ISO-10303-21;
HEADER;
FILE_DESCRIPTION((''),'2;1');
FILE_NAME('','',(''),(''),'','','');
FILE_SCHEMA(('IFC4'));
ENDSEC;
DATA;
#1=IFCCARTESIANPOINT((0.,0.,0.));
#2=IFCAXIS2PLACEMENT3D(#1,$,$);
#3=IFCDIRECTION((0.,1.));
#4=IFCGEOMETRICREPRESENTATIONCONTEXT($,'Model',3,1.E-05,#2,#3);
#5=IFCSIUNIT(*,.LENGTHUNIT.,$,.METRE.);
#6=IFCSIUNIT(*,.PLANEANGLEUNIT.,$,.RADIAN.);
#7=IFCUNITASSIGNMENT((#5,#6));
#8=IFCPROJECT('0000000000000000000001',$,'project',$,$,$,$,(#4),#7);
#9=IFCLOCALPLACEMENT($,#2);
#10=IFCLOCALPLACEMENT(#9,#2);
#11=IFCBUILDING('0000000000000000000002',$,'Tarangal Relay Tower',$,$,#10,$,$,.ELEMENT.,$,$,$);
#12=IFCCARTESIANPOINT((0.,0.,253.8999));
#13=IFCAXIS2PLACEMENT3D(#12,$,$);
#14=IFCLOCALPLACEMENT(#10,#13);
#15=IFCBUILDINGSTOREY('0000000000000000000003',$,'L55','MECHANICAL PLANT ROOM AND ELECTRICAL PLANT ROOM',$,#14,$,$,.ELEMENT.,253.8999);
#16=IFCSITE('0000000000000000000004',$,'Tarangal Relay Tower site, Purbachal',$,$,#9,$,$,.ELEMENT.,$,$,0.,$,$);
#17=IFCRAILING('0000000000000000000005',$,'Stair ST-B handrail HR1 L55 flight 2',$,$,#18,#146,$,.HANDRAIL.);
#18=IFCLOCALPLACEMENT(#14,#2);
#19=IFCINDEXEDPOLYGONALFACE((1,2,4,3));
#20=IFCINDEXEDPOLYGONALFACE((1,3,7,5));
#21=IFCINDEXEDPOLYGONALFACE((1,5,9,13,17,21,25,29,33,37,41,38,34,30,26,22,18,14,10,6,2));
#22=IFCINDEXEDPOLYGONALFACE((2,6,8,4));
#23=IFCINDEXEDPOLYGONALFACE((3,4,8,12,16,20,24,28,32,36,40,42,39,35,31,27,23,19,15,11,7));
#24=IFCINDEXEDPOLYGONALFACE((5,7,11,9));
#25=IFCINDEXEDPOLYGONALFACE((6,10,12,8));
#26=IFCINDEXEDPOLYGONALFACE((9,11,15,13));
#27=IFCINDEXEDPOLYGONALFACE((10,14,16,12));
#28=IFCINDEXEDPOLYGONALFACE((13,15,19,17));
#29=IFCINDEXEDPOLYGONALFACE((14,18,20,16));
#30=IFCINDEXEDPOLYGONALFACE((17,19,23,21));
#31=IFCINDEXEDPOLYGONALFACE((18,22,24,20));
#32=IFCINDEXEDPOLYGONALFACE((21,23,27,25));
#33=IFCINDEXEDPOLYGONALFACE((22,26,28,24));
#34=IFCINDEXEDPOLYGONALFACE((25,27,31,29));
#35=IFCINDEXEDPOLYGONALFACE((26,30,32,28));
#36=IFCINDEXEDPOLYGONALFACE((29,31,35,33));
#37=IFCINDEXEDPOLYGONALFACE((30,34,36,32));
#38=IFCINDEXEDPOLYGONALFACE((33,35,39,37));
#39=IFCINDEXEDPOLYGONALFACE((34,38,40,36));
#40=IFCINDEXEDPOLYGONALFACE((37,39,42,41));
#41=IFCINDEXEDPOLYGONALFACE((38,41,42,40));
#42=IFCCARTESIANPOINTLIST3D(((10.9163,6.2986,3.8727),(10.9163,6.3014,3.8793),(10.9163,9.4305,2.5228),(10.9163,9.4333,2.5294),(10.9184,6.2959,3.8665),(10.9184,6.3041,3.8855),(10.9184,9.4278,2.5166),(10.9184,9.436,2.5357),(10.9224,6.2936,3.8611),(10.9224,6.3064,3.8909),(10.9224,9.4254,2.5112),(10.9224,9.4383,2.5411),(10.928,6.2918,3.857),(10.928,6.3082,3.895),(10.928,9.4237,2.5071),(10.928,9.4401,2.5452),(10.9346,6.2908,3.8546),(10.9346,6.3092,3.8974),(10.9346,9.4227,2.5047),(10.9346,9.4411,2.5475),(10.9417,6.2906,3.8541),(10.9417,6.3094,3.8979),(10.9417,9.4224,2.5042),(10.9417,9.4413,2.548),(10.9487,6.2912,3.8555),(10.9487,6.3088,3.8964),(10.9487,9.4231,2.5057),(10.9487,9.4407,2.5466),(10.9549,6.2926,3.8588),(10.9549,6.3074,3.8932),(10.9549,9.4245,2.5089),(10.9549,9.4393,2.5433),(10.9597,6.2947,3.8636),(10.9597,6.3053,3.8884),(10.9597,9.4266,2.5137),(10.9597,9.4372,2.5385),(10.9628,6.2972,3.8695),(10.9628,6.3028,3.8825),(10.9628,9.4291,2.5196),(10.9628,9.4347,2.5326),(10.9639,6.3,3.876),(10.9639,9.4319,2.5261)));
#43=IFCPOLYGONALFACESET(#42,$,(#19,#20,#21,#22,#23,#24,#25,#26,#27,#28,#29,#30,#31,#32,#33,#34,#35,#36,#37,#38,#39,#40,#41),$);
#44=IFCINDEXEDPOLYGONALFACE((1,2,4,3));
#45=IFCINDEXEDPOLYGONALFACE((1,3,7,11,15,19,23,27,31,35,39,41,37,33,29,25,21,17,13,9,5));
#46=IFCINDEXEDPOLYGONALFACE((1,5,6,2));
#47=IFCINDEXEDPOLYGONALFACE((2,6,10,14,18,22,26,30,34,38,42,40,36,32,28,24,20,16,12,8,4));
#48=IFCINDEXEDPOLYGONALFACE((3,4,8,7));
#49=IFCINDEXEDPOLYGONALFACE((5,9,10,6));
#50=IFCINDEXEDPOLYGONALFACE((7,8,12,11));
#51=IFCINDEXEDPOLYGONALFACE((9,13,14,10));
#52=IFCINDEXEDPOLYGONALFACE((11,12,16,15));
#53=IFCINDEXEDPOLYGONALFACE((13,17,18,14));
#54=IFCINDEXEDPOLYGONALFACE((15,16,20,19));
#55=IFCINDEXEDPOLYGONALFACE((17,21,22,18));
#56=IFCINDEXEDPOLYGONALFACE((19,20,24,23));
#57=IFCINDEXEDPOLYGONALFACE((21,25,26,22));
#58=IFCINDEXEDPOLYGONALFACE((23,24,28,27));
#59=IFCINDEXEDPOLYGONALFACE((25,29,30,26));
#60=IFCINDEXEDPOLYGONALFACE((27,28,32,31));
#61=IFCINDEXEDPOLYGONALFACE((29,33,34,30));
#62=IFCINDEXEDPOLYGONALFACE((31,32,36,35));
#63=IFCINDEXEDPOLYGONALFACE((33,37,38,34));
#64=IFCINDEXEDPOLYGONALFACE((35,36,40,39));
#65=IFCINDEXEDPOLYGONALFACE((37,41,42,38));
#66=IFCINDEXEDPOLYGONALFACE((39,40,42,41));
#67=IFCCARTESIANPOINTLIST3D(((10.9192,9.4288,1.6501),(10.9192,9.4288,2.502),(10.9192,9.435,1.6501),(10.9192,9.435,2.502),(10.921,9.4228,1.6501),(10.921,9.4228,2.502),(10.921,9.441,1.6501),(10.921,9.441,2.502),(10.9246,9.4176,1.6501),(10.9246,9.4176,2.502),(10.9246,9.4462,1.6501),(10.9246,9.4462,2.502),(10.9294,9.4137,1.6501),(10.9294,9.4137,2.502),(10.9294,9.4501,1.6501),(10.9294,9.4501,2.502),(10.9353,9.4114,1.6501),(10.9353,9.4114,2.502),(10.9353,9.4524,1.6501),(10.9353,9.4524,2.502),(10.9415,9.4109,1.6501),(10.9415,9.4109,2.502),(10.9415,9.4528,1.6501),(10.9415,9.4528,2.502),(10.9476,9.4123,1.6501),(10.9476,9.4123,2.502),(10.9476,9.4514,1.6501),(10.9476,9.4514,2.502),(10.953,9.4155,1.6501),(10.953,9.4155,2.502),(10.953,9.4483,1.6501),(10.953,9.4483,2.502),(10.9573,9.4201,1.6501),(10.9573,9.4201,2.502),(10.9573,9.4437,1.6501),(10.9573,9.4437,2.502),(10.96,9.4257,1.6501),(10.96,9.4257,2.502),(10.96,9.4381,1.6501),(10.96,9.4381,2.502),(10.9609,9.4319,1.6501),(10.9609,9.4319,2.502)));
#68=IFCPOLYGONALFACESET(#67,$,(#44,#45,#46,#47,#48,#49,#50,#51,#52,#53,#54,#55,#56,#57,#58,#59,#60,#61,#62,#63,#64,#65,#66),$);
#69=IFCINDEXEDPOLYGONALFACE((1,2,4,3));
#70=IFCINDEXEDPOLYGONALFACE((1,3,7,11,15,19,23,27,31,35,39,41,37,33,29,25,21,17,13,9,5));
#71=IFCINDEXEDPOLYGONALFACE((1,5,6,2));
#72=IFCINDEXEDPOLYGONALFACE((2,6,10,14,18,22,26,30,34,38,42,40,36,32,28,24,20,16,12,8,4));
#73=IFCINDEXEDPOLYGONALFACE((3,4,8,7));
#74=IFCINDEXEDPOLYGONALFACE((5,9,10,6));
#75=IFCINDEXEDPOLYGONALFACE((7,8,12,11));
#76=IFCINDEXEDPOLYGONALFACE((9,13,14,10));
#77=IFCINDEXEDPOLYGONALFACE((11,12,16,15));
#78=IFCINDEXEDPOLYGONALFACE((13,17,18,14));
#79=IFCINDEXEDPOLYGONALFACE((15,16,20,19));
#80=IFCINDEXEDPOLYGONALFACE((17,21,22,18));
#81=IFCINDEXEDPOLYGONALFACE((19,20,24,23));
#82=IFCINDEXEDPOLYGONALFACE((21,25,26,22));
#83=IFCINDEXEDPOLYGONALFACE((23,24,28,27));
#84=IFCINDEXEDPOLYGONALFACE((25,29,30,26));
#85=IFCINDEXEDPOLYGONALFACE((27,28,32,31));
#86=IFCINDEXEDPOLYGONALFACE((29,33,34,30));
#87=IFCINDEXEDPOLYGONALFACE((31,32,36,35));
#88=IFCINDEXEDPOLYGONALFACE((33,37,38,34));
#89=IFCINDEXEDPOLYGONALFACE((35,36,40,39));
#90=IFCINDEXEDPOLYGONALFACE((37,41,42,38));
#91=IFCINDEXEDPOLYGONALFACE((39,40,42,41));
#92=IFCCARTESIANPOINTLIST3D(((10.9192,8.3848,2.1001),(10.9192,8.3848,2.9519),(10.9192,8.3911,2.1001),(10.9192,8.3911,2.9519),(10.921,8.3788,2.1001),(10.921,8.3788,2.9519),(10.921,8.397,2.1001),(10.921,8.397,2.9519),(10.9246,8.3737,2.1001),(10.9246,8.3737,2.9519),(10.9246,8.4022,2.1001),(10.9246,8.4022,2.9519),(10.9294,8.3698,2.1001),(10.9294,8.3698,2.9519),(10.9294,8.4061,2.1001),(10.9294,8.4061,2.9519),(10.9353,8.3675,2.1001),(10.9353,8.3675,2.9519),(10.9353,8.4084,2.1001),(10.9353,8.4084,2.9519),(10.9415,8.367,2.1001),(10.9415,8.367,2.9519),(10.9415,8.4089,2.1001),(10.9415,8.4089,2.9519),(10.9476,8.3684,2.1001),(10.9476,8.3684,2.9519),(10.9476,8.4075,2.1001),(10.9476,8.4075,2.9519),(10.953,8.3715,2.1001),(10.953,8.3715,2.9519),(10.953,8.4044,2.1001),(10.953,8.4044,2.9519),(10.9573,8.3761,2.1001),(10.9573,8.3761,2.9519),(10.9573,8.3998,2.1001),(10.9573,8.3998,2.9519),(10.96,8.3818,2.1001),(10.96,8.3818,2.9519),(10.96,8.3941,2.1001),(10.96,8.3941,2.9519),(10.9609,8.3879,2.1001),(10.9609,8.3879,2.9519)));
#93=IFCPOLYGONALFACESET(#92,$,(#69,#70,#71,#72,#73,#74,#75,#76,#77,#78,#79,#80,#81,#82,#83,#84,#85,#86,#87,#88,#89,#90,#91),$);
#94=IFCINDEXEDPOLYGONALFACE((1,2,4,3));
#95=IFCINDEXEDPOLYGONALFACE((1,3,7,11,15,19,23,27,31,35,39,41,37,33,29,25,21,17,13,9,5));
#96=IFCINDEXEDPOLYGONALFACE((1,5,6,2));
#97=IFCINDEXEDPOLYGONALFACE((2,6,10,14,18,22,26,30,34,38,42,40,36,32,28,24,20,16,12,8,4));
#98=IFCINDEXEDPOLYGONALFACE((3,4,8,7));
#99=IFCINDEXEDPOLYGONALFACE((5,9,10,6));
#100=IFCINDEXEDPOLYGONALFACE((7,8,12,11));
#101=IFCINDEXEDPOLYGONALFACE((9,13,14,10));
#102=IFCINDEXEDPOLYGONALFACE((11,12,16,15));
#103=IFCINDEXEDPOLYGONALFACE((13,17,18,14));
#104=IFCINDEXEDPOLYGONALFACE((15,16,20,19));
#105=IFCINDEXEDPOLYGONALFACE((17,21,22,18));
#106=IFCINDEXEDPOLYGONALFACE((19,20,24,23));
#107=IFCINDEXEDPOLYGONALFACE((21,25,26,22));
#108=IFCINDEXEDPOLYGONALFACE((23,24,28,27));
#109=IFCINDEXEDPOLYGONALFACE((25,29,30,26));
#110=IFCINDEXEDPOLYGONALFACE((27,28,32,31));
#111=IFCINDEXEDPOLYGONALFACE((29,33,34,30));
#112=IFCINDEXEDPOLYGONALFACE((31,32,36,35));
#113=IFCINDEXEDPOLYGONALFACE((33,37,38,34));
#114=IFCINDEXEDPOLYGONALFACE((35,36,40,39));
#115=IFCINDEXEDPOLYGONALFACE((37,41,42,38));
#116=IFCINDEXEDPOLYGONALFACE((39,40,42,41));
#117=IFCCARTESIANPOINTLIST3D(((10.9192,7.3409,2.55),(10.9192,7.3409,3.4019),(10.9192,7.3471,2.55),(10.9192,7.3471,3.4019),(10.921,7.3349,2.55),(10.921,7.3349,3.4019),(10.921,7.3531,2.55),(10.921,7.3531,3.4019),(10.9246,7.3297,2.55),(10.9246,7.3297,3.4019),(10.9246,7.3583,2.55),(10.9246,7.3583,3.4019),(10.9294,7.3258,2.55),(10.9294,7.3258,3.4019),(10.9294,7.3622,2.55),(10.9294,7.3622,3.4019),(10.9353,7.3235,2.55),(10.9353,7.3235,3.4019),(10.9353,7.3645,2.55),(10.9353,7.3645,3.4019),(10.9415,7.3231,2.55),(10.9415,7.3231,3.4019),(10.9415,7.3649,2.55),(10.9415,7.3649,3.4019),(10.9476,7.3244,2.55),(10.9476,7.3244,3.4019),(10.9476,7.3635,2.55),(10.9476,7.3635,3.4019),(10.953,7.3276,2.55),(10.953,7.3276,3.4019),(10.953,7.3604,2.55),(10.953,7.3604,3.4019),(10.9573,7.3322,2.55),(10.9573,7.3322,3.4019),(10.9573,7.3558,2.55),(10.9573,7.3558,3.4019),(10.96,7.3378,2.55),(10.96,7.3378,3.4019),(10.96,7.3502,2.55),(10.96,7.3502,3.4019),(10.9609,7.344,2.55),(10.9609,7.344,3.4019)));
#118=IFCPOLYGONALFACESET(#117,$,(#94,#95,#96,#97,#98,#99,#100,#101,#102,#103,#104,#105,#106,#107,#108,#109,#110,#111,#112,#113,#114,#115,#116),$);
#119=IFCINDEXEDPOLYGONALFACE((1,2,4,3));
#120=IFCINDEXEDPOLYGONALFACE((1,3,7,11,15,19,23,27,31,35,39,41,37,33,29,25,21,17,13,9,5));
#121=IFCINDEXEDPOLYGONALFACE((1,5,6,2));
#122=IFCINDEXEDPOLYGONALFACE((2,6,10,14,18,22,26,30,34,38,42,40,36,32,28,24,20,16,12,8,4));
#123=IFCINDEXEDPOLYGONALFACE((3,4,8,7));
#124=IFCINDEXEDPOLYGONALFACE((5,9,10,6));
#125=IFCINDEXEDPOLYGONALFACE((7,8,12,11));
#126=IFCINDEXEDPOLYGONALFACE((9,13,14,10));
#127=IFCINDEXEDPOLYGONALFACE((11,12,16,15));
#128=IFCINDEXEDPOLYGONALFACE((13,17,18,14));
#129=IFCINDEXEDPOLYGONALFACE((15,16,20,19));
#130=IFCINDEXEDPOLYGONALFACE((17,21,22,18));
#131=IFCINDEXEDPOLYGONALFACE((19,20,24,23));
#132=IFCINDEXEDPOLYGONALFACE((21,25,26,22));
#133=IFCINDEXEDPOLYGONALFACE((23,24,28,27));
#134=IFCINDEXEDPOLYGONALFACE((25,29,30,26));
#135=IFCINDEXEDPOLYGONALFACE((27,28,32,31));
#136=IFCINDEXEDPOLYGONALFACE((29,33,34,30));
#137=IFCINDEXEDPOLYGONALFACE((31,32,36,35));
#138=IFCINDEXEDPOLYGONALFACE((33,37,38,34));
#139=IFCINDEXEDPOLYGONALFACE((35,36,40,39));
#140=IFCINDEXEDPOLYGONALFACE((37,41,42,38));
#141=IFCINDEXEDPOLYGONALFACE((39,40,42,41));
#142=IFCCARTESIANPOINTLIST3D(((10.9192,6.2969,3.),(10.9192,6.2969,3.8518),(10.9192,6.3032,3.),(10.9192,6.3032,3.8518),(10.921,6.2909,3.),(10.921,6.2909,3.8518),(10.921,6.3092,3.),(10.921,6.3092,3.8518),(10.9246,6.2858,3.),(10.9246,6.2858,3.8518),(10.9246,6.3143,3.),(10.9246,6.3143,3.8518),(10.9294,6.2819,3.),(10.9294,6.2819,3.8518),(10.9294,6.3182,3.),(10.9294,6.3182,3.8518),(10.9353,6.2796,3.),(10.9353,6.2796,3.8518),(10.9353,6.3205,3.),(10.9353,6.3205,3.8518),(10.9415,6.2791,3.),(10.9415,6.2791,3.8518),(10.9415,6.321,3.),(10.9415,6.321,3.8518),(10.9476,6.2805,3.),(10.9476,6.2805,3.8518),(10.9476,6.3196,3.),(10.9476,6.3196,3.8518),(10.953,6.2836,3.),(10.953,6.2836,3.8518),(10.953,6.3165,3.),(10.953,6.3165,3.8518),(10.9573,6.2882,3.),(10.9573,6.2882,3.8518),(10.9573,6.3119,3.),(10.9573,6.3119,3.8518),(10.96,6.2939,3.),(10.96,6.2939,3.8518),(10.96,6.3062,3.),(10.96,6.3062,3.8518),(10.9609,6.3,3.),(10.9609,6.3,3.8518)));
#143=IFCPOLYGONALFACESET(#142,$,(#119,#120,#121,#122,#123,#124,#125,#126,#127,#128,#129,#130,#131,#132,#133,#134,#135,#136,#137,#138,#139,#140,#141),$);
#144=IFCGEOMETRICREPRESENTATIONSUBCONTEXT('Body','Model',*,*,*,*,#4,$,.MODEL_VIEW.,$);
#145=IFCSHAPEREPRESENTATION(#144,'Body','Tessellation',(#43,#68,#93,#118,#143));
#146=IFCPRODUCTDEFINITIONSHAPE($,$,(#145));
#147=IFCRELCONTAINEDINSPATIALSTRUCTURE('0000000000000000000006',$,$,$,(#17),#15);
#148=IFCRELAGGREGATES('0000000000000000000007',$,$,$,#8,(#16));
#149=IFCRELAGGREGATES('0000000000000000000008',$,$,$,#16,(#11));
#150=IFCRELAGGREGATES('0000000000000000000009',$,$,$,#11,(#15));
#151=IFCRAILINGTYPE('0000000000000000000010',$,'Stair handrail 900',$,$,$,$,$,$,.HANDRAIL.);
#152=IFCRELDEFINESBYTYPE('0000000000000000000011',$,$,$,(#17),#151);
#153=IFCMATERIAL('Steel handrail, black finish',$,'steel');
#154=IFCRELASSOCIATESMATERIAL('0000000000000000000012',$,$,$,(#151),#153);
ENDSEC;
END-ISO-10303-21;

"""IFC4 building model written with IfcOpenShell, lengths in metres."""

from ifc_helpers import new_model, si_unit, direction, frame, origin, origin_2d, place, context, subcontext, project, spatial, circle, extrude, material, type_object, element, save


model = new_model("IFC4")

# Units and contexts
model_context = context("Model", 3, precision=1e-05, world=origin(), true_north=direction((0.0, 1.0)))
body_context = subcontext(model_context, "Body", "Model", "MODEL_VIEW")
ifc_project = project(units=[si_unit("LENGTHUNIT", "METRE"), si_unit("PLANEANGLEUNIT", "RADIAN")], contexts=[model_context])

# Site, building, storey
site_placement = place(None, origin())
site = spatial("IfcSite", under=ifc_project, at=site_placement, Name="Tarangal Relay Tower site, Purbachal", CompositionType="ELEMENT", RefElevation=0.0)
building_placement = place(site_placement, origin())
building = spatial("IfcBuilding", under=site, at=building_placement, Name="Tarangal Relay Tower", CompositionType="ELEMENT")
storey_placement = place(building_placement, frame((0.0, 0.0, 253.8999)))
storey = spatial("IfcBuildingStorey", under=building, at=storey_placement, Name="L55", Description="MECHANICAL PLANT ROOM AND ELECTRICAL PLANT ROOM", CompositionType="ELEMENT", Elevation=253.8999)

# Railing
ifc_material_1 = material(Name="Steel handrail, black finish", Category="steel")
railing_type_1 = type_object("IfcRailingType", Name="Stair handrail 900", PredefinedType="HANDRAIL", material=ifc_material_1)
for number, where, name in (
    (1, (10.9399, 9.4319, 1.6501), "Stair ST-B handrail HR1 L55 flight 2"),
):
    element("IfcRailing", number, at=place(storey_placement, frame(where)), inside=storey, type_object=railing_type_1, Name=name, PredefinedType="HANDRAIL", context=body_context, shape_type="SweptSolid", body=[
        extrude(circle(Radius=0.0239, at=origin_2d()), frame((0.0, 0.0, 0.876), z_axis=(0.0, -0.918332, 0.395811), x_axis=(1.0, 0.0, 0.0)), (0.0, 0.0, 1.0), 3.4104),
        extrude(circle(Radius=0.021, at=origin_2d()), origin(), (0.0, 0.0, 1.0), 0.8518),
        extrude(circle(Radius=0.021, at=origin_2d()), frame((0.0, -1.0439, 0.45)), (0.0, 0.0, 1.0), 0.8518),
        extrude(circle(Radius=0.021, at=origin_2d()), frame((0.0, -2.0879, 0.8999)), (0.0, 0.0, 1.0), 0.8518),
        extrude(circle(Radius=0.021, at=origin_2d()), frame((0.0, -3.1318, 1.3499)), (0.0, 0.0, 1.0), 0.8518),
    ])

save(model, "model.ifc")
